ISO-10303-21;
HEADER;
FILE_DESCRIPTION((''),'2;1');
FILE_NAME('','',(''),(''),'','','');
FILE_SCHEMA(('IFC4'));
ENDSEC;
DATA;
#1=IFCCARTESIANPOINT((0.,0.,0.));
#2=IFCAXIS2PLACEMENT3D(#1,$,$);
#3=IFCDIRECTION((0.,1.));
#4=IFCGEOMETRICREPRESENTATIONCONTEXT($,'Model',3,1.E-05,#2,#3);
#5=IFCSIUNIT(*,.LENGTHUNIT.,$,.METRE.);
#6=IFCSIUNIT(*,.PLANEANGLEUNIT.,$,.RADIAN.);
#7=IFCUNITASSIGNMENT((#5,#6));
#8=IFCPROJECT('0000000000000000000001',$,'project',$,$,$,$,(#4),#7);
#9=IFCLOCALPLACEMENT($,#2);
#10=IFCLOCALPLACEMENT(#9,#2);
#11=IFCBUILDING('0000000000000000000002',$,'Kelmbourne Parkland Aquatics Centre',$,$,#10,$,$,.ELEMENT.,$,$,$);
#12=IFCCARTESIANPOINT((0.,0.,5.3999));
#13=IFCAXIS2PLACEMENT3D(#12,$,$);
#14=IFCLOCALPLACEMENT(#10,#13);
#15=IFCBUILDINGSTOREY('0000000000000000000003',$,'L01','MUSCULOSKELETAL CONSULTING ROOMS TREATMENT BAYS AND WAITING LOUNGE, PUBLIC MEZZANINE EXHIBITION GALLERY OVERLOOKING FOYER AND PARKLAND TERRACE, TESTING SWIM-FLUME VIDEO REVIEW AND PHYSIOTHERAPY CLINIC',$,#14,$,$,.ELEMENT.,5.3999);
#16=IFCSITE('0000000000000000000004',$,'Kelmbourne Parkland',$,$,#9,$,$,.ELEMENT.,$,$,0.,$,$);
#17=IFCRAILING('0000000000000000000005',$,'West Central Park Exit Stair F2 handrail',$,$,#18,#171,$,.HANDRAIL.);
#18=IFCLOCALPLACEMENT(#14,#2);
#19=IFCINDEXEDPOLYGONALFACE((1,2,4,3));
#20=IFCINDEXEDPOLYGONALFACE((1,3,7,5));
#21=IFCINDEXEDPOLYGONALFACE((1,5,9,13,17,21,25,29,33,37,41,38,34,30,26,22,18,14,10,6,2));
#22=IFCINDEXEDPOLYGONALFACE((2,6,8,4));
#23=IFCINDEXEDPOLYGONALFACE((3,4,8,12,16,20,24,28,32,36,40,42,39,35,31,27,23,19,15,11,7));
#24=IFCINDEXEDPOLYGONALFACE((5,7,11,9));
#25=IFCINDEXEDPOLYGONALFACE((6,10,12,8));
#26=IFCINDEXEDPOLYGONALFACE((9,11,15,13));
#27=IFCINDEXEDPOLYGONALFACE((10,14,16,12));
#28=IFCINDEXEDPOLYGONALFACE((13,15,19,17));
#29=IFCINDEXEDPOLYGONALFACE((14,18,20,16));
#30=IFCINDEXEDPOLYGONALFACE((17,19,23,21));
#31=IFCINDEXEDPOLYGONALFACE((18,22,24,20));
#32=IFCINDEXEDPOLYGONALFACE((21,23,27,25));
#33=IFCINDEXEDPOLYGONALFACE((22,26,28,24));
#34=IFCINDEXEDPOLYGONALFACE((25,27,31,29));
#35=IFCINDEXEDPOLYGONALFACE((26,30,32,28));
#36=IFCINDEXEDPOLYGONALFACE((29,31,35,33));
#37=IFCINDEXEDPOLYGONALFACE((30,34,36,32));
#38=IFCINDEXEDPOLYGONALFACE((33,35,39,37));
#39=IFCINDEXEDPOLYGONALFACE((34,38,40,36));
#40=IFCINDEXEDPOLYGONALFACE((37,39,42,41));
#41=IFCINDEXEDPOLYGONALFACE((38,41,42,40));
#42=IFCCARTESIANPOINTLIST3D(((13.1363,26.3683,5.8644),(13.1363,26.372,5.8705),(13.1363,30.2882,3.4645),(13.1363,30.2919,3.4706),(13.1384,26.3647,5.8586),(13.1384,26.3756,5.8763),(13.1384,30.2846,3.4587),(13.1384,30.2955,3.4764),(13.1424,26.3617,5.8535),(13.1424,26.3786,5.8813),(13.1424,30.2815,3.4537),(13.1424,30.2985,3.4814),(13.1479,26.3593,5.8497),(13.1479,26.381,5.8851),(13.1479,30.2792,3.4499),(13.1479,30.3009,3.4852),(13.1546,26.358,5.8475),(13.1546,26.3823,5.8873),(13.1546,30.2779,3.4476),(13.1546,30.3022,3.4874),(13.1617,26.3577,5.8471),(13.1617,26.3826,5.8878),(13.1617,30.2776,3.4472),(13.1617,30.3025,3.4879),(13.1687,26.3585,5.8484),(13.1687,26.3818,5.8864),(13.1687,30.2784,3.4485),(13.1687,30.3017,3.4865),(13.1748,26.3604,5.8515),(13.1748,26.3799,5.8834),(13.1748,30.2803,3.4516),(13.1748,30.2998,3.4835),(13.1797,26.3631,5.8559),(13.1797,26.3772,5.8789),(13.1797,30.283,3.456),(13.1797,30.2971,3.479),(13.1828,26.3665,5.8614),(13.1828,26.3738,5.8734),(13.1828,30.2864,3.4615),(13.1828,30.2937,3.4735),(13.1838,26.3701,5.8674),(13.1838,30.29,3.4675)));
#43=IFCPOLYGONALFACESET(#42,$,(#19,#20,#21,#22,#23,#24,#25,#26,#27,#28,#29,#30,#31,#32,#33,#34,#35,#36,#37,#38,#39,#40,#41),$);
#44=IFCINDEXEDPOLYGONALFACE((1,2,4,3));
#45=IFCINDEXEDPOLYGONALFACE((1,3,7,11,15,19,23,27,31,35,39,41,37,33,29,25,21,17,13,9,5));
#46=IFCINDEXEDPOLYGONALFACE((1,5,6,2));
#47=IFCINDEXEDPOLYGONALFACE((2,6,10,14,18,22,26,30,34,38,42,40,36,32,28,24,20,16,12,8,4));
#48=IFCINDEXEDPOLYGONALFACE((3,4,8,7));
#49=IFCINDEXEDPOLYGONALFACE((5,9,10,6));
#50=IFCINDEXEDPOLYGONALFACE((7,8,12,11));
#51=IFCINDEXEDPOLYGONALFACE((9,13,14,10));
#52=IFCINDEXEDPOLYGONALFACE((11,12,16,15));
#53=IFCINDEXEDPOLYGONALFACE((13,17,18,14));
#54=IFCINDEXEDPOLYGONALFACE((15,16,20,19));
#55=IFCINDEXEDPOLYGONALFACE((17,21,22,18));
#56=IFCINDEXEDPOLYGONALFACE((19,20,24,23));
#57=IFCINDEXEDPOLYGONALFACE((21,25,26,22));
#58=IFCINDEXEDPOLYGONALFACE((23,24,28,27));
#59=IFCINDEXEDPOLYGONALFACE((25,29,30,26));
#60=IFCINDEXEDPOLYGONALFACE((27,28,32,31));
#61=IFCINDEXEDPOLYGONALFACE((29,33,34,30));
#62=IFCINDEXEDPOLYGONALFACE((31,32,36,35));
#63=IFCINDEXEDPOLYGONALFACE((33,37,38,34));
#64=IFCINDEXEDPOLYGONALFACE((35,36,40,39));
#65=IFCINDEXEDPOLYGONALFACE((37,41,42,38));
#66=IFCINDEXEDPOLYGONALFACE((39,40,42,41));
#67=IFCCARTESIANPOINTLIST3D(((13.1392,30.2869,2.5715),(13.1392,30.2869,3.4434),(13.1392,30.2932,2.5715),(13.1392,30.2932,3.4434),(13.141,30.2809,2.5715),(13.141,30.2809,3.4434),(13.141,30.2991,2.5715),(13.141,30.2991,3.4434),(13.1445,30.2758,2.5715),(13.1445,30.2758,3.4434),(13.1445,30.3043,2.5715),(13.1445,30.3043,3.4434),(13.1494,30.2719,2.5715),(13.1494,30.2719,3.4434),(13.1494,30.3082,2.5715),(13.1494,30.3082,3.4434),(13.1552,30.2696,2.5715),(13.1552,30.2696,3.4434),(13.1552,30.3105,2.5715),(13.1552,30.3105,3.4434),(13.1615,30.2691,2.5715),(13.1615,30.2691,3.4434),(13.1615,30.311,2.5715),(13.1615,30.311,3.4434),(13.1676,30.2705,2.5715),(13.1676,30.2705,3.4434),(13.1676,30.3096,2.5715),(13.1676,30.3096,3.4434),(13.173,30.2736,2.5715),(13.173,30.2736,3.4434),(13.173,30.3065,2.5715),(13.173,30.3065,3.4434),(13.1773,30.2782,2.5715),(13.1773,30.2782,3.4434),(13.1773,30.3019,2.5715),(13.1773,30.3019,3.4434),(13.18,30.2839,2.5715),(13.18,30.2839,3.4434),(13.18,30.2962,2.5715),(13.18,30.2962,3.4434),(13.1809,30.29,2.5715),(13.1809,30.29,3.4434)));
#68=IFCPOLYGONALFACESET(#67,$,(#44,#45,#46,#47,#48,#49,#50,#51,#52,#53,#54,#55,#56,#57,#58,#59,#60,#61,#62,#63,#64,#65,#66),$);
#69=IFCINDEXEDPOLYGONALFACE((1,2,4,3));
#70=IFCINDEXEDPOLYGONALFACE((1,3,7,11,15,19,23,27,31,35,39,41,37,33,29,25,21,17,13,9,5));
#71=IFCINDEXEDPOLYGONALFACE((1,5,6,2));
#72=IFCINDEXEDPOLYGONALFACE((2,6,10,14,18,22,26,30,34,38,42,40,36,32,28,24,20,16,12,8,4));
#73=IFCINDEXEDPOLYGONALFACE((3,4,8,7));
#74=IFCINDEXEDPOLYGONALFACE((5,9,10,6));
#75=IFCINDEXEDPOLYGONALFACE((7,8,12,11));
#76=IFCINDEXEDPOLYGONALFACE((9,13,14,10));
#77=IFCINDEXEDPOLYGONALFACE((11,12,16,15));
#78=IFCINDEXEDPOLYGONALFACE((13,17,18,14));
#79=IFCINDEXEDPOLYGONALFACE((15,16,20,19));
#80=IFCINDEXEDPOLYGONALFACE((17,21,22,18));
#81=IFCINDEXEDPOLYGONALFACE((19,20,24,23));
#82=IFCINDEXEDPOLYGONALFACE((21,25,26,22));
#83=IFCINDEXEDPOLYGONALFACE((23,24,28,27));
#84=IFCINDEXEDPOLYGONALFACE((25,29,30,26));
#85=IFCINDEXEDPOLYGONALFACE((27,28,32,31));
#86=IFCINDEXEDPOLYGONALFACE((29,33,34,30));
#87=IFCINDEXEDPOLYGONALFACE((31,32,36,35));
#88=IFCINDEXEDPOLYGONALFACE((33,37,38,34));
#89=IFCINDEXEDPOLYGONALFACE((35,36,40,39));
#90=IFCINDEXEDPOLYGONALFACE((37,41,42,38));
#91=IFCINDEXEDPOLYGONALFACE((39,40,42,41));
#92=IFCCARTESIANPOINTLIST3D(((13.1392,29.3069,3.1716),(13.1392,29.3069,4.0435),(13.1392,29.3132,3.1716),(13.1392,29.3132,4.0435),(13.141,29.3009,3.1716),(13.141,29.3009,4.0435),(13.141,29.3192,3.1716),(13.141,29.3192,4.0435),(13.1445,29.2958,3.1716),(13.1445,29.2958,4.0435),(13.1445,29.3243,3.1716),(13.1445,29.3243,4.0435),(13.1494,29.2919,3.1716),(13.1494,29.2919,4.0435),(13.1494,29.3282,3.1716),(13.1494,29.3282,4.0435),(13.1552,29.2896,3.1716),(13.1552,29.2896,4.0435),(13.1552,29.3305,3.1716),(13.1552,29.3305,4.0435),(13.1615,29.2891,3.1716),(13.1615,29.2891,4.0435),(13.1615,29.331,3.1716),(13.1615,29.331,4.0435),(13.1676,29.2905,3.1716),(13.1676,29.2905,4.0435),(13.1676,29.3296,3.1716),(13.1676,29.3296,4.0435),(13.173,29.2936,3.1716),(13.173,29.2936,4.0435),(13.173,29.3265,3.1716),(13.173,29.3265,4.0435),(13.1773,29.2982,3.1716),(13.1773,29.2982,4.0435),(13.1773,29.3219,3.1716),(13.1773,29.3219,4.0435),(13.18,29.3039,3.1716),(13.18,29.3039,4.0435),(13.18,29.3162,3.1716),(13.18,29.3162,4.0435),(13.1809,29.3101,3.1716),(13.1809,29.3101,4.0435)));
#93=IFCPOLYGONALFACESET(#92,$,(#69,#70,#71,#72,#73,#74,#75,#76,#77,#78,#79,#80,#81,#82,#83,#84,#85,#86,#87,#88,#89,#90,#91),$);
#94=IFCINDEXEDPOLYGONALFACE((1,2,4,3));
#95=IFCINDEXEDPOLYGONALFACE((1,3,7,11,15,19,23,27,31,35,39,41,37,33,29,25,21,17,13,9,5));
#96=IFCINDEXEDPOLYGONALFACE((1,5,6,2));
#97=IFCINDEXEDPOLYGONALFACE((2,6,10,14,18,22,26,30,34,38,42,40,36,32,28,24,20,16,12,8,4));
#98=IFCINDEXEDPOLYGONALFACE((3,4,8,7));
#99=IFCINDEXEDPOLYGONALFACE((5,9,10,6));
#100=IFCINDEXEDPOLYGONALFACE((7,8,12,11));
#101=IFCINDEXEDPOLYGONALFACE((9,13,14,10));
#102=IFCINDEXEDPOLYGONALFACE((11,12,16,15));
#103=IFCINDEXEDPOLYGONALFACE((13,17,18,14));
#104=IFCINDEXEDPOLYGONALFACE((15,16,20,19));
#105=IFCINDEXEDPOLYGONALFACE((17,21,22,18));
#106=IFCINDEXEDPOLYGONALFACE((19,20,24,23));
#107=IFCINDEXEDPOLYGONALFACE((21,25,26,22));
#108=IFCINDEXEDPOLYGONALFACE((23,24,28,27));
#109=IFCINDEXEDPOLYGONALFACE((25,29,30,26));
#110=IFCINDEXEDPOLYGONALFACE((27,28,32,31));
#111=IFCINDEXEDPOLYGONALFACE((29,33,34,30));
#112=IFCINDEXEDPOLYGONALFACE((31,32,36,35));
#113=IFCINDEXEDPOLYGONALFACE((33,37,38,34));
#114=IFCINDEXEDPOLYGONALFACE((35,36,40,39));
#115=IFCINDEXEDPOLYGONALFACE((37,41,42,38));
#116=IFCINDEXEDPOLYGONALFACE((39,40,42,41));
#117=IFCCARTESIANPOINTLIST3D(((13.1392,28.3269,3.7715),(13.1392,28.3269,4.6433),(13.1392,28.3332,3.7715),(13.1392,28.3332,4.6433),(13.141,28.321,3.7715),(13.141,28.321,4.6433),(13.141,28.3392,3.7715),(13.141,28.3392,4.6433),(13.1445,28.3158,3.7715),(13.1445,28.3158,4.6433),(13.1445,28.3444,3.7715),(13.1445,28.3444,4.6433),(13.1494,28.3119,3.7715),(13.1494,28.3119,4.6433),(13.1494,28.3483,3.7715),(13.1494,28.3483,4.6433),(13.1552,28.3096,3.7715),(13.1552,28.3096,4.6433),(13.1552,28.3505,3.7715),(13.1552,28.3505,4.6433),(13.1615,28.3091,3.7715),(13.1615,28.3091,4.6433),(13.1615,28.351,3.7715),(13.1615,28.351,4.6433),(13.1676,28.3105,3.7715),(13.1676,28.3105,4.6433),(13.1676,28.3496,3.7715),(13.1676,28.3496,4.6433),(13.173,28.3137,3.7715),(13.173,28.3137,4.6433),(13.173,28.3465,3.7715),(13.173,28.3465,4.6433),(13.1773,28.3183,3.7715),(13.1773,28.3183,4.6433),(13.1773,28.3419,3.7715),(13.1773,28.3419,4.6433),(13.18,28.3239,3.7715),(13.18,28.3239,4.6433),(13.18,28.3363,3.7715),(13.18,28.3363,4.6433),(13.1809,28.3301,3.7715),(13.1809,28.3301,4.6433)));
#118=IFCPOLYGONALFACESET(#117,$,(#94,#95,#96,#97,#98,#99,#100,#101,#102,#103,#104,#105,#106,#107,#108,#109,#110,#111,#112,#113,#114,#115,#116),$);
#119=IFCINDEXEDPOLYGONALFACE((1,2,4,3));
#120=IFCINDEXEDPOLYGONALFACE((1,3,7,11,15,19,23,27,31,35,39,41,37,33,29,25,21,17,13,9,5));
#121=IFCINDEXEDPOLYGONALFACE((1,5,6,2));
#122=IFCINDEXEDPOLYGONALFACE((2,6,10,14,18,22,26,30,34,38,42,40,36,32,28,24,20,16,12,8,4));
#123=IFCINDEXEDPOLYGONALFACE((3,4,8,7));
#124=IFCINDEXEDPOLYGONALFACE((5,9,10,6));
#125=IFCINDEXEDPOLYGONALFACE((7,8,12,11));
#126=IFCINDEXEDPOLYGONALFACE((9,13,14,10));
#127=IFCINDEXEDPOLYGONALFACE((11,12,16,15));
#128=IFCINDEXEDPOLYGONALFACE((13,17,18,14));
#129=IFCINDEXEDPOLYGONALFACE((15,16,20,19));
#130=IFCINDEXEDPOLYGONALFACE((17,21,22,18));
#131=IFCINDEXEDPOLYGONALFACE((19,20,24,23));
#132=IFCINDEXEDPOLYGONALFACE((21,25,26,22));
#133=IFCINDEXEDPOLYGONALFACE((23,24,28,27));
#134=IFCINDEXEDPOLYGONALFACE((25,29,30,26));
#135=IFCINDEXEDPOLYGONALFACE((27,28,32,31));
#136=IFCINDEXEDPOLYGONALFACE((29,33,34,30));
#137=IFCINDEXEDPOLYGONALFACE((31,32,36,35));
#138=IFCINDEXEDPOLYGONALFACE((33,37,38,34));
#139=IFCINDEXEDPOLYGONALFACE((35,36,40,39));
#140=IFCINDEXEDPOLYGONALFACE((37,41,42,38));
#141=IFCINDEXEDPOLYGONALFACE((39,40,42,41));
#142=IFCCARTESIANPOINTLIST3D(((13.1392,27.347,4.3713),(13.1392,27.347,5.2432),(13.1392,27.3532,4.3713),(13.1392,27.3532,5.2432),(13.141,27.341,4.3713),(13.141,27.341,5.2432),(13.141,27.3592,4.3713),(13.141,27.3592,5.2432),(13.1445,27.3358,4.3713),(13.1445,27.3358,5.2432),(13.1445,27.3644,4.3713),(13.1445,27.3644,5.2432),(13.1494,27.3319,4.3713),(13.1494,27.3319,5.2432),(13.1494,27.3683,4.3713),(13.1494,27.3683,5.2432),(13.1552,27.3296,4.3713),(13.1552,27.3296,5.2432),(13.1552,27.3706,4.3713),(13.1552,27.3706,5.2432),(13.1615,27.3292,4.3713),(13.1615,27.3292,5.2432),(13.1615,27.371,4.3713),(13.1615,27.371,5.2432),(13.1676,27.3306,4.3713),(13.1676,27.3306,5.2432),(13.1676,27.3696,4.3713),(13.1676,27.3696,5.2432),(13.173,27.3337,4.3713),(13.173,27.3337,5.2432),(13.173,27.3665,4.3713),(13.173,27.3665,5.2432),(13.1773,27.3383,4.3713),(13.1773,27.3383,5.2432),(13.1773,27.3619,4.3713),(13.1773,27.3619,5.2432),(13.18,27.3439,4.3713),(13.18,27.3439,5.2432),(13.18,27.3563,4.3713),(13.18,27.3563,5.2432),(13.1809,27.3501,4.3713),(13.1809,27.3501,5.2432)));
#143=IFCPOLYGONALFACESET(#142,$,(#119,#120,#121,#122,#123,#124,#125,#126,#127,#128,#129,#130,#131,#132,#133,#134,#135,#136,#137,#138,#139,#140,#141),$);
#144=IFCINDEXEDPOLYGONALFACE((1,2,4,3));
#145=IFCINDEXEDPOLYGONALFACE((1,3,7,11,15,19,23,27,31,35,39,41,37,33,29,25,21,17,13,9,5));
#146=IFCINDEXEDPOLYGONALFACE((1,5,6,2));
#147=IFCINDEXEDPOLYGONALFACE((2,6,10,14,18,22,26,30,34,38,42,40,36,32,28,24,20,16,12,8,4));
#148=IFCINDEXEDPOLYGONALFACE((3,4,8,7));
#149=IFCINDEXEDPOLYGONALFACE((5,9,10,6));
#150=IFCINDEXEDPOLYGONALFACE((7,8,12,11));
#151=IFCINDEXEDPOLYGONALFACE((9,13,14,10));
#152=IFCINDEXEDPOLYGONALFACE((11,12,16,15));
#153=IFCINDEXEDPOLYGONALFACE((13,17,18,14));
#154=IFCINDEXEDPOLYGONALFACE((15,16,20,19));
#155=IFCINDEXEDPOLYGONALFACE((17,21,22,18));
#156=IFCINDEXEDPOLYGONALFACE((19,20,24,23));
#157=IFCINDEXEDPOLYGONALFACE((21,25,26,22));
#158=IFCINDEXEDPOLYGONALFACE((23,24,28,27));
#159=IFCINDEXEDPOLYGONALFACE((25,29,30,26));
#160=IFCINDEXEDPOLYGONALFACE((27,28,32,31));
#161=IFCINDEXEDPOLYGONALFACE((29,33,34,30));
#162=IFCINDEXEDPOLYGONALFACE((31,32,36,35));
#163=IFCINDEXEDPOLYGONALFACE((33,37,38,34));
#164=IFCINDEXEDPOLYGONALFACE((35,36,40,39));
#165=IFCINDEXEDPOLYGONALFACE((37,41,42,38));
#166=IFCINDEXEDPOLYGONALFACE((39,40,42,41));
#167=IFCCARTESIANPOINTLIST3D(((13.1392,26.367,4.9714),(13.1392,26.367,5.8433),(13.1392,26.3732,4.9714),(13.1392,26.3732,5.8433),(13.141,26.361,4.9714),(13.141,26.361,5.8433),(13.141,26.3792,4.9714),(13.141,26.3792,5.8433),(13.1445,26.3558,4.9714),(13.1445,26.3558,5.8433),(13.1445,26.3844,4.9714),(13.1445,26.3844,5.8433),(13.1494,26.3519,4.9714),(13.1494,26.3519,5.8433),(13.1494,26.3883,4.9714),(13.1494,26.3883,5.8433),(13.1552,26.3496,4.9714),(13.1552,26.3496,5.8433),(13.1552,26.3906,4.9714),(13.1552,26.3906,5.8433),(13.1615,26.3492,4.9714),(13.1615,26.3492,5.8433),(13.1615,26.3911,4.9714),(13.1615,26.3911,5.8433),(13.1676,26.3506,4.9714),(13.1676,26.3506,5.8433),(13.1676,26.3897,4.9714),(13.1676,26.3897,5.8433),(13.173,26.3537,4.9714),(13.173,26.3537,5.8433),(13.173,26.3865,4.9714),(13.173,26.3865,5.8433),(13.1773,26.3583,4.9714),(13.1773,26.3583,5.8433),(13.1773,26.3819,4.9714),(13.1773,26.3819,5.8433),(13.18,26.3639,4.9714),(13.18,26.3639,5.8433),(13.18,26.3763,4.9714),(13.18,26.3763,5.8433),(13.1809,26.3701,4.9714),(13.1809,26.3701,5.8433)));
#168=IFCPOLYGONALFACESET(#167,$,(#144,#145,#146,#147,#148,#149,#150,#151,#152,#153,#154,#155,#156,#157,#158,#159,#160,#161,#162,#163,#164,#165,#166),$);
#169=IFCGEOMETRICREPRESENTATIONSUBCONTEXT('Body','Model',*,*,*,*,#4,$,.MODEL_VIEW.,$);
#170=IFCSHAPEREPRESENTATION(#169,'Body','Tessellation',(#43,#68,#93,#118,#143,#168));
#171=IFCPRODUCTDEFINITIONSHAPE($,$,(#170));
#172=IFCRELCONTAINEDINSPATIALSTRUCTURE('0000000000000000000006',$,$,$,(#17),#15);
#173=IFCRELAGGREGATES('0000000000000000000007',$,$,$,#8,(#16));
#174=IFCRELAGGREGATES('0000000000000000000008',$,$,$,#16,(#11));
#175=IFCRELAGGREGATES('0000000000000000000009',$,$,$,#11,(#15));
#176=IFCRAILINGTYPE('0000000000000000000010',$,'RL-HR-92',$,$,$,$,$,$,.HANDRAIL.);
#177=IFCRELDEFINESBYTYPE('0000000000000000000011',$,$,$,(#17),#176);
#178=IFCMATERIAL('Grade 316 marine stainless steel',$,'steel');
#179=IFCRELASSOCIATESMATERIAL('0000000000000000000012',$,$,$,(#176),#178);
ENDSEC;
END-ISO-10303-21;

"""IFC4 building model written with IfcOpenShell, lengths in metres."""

from ifc_helpers import new_model, si_unit, direction, frame, origin, origin_2d, place, context, subcontext, project, spatial, circle, extrude, material, type_object, element, save


model = new_model("IFC4")

# Units and contexts
model_context = context("Model", 3, precision=1e-05, world=origin(), true_north=direction((0.0, 1.0)))
body_context = subcontext(model_context, "Body", "Model", "MODEL_VIEW")
ifc_project = project(units=[si_unit("LENGTHUNIT", "METRE"), si_unit("PLANEANGLEUNIT", "RADIAN")], contexts=[model_context])

# Site, building, storey
site_placement = place(None, origin())
site = spatial("IfcSite", under=ifc_project, at=site_placement, Name="Kelmbourne Parkland", CompositionType="ELEMENT", RefElevation=0.0)
building_placement = place(site_placement, origin())
building = spatial("IfcBuilding", under=site, at=building_placement, Name="Kelmbourne Parkland Aquatics Centre", CompositionType="ELEMENT")
storey_placement = place(building_placement, frame((0.0, 0.0, 5.3999)))
storey = spatial("IfcBuildingStorey", under=building, at=storey_placement, Name="L01", Description="MUSCULOSKELETAL CONSULTING ROOMS TREATMENT BAYS AND WAITING LOUNGE, PUBLIC MEZZANINE EXHIBITION GALLERY OVERLOOKING FOYER AND PARKLAND TERRACE, TESTING SWIM-FLUME VIDEO REVIEW AND PHYSIOTHERAPY CLINIC", CompositionType="ELEMENT", Elevation=5.3999)

# Railing
ifc_material_1 = material(Name="Grade 316 marine stainless steel", Category="steel")
railing_type_1 = type_object("IfcRailingType", Name="RL-HR-92", PredefinedType="HANDRAIL", material=ifc_material_1)
railing_1_placement = place(storey_placement, frame((13.1599, 30.29, 2.5715)))
element("IfcRailing", 1, at=railing_1_placement, inside=storey, type_object=railing_type_1, Name="West Central Park Exit Stair F2 handrail", PredefinedType="HANDRAIL", context=body_context, shape_type="SweptSolid", body=[
    extrude(circle(Radius=0.0239, at=origin_2d()), frame((0.0, 0.0, 0.896), z_axis=(0.0, -0.852856, 0.522146), x_axis=(1.0, 0.0, 0.0)), (0.0, 0.0, 1.0), 4.5962),
    extrude(circle(Radius=0.021, at=origin_2d()), origin(), (0.0, 0.0, 1.0), 0.8718),
    extrude(circle(Radius=0.021, at=origin_2d()), frame((0.0, -0.98, 0.6001)), (0.0, 0.0, 1.0), 0.8718),
    extrude(circle(Radius=0.021, at=origin_2d()), frame((0.0, -1.96, 1.2)), (0.0, 0.0, 1.0), 0.8718),
    extrude(circle(Radius=0.021, at=origin_2d()), frame((0.0, -2.9399, 1.7998)), (0.0, 0.0, 1.0), 0.8718),
    extrude(circle(Radius=0.021, at=origin_2d()), frame((0.0, -3.9199, 2.3999)), (0.0, 0.0, 1.0), 0.8718),
])

save(model, "model.ifc")
